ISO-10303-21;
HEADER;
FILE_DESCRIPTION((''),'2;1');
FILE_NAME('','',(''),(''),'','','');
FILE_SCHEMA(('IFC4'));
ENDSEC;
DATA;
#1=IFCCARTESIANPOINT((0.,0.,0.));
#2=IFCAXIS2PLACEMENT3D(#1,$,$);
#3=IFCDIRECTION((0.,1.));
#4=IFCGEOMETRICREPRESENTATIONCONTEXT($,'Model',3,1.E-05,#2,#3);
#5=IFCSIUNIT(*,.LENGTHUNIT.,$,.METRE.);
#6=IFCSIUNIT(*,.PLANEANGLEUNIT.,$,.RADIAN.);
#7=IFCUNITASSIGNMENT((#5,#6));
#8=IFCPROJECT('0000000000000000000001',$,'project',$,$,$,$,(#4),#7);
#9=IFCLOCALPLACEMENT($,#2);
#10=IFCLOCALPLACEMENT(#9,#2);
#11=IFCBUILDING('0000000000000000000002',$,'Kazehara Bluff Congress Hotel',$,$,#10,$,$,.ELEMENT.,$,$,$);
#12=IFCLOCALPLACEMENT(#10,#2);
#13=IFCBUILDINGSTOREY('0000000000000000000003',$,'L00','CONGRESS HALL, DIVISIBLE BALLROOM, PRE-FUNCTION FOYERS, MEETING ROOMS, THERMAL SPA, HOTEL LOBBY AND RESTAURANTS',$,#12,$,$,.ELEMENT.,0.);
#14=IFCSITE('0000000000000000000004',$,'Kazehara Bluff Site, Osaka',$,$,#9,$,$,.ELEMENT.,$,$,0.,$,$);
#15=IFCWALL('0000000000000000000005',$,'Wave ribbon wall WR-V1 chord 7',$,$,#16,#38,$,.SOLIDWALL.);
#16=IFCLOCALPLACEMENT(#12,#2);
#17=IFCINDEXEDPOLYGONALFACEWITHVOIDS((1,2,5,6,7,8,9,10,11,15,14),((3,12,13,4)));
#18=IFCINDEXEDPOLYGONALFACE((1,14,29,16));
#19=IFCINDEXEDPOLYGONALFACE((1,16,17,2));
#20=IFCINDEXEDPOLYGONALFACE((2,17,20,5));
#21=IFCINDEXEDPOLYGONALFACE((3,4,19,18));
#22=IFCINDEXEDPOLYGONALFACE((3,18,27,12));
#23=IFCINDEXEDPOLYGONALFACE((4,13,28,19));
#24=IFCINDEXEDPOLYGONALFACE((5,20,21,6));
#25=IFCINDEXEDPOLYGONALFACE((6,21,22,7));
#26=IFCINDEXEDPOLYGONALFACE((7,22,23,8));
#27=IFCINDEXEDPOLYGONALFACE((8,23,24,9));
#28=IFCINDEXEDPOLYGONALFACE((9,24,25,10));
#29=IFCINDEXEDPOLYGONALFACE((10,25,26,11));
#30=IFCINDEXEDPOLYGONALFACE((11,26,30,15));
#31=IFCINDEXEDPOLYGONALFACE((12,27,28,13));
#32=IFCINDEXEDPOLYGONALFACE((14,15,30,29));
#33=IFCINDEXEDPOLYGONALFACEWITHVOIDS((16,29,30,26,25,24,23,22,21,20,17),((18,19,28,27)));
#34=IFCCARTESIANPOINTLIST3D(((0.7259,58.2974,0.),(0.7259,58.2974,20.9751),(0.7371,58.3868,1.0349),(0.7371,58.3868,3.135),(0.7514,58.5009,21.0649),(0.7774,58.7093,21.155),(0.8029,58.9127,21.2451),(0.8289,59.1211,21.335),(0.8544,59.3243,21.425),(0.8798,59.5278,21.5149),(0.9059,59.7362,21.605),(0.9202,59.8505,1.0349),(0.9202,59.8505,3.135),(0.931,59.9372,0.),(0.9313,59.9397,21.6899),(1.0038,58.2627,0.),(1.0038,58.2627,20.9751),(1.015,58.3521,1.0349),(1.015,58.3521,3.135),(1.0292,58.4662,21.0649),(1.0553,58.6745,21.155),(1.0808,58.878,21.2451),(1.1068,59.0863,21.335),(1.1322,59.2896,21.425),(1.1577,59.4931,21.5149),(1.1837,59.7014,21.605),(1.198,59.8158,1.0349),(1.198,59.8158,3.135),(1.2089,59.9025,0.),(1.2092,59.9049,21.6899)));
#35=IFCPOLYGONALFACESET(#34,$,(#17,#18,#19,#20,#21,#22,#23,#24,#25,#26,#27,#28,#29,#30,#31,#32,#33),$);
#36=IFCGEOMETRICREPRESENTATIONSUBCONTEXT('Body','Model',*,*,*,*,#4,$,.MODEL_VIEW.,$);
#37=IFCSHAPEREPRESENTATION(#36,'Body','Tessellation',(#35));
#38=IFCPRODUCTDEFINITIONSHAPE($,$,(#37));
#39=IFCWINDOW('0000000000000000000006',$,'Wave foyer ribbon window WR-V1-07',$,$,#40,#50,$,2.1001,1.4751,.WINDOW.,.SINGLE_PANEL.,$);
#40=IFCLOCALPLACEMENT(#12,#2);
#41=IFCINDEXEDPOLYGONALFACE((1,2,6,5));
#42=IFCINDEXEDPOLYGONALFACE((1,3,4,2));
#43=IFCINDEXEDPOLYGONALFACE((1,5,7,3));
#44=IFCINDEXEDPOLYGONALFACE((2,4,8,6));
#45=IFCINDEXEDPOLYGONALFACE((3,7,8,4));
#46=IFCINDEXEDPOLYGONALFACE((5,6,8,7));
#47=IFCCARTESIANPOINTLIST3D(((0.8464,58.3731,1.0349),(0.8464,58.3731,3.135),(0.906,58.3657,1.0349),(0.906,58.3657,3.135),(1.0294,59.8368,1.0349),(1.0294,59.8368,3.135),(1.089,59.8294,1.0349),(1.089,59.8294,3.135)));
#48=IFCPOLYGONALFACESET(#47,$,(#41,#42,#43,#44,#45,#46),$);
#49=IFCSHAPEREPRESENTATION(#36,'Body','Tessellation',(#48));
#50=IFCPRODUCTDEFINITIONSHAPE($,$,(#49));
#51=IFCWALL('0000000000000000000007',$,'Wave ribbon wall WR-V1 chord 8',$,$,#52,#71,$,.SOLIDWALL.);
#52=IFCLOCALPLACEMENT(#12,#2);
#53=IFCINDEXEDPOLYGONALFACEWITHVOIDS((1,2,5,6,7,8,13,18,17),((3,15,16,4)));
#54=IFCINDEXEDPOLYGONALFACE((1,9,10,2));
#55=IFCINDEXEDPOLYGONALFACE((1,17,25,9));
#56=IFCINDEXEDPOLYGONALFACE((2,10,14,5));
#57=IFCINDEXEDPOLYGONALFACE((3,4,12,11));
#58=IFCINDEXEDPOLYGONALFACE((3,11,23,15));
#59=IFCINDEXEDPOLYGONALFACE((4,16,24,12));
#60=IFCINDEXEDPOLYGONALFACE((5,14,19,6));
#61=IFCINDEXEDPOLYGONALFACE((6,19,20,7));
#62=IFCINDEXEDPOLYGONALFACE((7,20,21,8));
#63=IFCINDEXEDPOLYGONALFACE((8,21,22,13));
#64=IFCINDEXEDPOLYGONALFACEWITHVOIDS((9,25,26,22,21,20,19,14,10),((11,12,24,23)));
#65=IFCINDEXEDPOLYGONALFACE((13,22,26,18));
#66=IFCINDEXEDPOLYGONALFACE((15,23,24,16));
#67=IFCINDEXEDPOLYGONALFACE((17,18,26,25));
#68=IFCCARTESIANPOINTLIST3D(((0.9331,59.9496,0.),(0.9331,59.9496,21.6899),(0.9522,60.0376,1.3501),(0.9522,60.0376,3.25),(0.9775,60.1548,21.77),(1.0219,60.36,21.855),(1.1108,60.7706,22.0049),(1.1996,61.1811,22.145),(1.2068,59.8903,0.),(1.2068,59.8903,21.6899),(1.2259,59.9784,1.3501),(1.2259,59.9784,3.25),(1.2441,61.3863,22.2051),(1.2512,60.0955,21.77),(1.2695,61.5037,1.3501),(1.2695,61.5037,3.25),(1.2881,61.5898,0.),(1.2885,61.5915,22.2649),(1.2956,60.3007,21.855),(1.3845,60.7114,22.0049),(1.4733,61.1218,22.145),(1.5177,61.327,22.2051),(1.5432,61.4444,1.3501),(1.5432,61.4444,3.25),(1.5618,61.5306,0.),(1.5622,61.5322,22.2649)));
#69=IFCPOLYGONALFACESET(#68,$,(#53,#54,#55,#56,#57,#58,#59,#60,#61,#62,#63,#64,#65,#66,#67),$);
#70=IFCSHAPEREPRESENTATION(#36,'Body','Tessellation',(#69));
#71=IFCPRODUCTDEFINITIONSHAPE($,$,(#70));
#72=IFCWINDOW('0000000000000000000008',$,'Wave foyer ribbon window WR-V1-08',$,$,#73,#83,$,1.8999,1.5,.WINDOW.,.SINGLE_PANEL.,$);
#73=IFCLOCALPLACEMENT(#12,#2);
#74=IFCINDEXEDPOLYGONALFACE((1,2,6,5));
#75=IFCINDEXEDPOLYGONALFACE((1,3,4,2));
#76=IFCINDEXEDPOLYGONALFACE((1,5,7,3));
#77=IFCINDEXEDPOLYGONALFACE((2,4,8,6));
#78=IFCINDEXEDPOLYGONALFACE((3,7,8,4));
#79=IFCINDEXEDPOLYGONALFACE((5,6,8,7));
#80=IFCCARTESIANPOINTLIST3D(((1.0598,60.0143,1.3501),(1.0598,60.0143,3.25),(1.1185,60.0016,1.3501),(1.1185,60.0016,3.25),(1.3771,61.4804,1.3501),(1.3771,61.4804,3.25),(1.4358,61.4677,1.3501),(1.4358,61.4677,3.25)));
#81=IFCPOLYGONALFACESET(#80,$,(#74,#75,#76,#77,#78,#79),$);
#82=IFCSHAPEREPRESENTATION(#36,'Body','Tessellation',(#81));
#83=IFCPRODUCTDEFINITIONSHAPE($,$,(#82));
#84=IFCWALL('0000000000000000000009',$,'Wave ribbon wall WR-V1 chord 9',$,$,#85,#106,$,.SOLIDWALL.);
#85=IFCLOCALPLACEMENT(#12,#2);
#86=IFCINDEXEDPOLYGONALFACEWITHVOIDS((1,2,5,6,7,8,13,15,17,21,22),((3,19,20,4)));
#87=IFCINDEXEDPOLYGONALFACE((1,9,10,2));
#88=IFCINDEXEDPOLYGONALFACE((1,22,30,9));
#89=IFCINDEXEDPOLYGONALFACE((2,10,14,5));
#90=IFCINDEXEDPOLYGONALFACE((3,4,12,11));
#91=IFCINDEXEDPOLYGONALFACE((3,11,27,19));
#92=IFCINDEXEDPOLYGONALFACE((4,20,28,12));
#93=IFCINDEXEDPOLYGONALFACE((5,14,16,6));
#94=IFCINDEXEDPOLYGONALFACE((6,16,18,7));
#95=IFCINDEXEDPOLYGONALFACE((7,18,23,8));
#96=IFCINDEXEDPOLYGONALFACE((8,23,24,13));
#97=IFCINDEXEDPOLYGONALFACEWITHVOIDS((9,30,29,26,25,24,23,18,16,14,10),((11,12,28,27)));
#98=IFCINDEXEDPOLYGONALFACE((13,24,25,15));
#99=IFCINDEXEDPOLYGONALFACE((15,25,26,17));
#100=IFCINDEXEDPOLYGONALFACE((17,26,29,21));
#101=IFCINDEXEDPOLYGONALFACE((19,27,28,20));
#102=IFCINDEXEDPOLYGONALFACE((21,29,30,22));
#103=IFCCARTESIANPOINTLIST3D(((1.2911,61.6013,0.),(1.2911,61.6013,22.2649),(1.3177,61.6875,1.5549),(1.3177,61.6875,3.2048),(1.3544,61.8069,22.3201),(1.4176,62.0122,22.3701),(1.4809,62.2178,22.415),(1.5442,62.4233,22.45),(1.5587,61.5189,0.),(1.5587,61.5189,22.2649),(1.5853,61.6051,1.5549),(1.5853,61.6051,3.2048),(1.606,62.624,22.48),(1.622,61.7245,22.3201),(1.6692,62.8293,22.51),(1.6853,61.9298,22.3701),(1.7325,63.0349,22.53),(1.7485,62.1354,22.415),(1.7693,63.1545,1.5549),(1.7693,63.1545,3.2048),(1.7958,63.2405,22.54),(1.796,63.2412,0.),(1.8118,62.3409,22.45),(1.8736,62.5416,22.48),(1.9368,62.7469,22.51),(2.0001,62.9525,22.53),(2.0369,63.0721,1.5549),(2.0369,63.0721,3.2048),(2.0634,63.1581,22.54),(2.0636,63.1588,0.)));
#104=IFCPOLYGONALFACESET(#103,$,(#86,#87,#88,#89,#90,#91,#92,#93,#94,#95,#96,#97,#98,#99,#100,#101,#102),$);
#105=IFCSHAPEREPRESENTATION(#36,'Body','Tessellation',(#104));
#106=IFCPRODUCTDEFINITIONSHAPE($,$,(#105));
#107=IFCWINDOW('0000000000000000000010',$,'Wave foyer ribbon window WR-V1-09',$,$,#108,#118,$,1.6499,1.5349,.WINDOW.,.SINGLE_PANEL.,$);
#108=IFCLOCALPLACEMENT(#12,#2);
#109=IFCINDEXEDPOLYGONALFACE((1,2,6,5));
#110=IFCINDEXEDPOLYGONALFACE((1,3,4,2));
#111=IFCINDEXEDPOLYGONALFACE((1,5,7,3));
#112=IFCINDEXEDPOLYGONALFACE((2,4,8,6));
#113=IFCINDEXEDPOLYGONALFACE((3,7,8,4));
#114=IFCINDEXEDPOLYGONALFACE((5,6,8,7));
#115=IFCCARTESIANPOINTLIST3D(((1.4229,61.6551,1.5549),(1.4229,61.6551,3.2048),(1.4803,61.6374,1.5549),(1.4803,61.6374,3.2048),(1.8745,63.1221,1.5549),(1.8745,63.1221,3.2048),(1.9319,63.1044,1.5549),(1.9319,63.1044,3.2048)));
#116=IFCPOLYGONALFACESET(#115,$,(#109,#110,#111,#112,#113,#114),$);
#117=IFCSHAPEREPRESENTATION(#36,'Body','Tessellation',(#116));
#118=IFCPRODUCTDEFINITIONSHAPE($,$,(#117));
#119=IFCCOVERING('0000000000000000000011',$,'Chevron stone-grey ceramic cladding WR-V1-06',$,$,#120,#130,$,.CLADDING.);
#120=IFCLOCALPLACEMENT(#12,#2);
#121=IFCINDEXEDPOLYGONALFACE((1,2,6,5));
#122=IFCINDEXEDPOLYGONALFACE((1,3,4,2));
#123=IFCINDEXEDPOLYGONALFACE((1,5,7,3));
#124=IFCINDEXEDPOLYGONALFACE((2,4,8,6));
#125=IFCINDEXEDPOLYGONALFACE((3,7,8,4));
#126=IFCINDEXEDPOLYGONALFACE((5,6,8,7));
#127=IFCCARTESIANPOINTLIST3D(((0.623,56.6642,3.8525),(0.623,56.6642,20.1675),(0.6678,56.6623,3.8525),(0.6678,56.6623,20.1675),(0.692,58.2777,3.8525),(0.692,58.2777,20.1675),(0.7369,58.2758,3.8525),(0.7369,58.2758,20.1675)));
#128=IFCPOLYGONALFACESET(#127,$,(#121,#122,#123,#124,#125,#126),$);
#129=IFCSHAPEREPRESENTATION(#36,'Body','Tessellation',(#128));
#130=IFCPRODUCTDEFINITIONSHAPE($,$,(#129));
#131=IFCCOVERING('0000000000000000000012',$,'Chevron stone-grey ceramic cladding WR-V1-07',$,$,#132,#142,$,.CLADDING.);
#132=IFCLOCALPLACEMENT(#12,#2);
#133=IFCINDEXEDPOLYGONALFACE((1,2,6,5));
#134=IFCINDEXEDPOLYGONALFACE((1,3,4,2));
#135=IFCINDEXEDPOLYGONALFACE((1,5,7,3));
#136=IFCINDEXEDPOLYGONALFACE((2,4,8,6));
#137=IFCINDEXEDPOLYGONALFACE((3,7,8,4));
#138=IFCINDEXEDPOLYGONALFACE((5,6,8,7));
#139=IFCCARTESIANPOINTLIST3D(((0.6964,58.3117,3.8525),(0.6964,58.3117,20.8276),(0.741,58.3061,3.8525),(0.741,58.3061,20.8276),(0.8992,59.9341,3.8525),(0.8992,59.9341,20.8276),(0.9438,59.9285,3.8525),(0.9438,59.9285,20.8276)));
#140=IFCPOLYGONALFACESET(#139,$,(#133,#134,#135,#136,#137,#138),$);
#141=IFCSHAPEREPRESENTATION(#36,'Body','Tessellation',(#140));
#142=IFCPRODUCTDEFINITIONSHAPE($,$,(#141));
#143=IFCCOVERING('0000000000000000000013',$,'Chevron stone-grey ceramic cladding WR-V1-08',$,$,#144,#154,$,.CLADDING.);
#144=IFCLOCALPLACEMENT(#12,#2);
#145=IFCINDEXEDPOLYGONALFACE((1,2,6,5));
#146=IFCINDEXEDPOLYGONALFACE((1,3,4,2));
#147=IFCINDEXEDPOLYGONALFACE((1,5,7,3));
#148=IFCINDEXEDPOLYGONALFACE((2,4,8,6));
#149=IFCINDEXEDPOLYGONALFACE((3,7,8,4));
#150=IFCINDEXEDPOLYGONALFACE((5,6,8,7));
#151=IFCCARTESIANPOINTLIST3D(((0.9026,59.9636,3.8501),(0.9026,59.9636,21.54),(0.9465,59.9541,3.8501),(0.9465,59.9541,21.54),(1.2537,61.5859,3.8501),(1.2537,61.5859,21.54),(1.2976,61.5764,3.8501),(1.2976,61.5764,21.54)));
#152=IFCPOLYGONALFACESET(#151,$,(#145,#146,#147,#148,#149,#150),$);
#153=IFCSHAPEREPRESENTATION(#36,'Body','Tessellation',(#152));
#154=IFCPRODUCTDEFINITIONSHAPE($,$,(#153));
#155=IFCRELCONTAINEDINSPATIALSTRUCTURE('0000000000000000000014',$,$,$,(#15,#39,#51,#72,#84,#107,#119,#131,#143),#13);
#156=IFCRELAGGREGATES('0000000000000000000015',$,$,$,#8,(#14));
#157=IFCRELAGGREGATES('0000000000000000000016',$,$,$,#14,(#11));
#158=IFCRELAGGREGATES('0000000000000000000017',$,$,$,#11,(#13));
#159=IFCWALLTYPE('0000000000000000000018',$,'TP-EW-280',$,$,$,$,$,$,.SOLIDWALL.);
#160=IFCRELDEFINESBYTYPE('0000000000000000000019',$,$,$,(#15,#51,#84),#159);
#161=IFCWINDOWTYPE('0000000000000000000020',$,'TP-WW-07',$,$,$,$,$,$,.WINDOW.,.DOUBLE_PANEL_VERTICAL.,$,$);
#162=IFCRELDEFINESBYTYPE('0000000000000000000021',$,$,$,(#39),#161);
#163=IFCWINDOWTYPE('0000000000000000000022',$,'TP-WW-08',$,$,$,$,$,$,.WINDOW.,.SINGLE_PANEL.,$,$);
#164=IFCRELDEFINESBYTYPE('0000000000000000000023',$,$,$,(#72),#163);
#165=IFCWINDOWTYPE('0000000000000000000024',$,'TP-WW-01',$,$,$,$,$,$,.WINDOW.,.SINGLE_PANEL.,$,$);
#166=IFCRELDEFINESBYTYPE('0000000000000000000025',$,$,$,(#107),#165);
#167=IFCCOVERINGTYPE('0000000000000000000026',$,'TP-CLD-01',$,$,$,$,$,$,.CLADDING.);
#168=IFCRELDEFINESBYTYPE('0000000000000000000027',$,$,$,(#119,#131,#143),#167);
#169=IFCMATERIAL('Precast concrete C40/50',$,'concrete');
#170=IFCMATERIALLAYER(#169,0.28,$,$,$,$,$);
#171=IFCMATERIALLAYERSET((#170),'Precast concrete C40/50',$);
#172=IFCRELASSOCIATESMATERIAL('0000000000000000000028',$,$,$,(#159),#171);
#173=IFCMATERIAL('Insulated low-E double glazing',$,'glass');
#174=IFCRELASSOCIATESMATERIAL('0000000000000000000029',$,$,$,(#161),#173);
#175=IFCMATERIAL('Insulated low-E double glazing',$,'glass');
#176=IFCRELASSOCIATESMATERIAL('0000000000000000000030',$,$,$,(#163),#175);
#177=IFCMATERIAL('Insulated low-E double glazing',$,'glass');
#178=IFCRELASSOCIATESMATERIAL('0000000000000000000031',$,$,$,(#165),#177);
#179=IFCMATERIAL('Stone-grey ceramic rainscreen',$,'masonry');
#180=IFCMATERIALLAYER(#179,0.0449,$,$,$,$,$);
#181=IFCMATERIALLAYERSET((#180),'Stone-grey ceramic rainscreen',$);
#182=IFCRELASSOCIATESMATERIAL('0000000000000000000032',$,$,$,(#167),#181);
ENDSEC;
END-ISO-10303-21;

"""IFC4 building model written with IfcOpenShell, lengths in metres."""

from ifc_helpers import new_model, si_unit, direction, frame, frame_2d, origin, origin_2d, place, context, subcontext, project, spatial, polyline, rectangle, outline, extrude, material, layer, layer_set, type_object, element, fill, save


model = new_model("IFC4")

# Units and contexts
model_context = context("Model", 3, precision=1e-05, world=origin(), true_north=direction((0.0, 1.0)))
body_context = subcontext(model_context, "Body", "Model", "MODEL_VIEW")
ifc_project = project(units=[si_unit("LENGTHUNIT", "METRE"), si_unit("PLANEANGLEUNIT", "RADIAN")], contexts=[model_context])

# Site, building, storey
site_placement = place(None, origin())
site = spatial("IfcSite", under=ifc_project, at=site_placement, Name="Kazehara Bluff Site, Osaka", CompositionType="ELEMENT", RefElevation=0.0)
building_placement = place(site_placement, origin())
building = spatial("IfcBuilding", under=site, at=building_placement, Name="Kazehara Bluff Congress Hotel", CompositionType="ELEMENT")
storey_placement = place(building_placement, origin())
storey = spatial("IfcBuildingStorey", under=building, at=storey_placement, Name="L00", Description="CONGRESS HALL, DIVISIBLE BALLROOM, PRE-FUNCTION FOYERS, MEETING ROOMS, THERMAL SPA, HOTEL LOBBY AND RESTAURANTS", CompositionType="ELEMENT", Elevation=0.0)

# Walls, openings, windows
ifc_material_1 = material(Name="Precast concrete C40/50", Category="concrete")
ifc_layer_1 = layer(ifc_material_1, 0.28)
ifc_layer_set_1 = layer_set([ifc_layer_1], Name="Precast concrete C40/50")
wall_type = type_object("IfcWallType", Name="TP-EW-280", PredefinedType="SOLIDWALL", material=ifc_layer_set_1)
wall_1_placement = place(storey_placement, frame((0.865, 58.28, 0.0), z_axis=(0.0, 0.0, 1.0), x_axis=(0.124089, 0.992271, 0.0)))
wall_1 = element("IfcWall", 1, at=wall_1_placement, inside=storey, type_object=wall_type, Name="Wave ribbon wall WR-V1 chord 7", PredefinedType="SOLIDWALL", context=body_context, shape_type="SweptSolid", body=[
    extrude(outline(polyline([(0.0, 0.0), (1.6526, 0.0), (1.655, 21.6899), (1.45, 21.605), (1.24, 21.5149), (1.0349, 21.425), (0.8301, 21.335), (0.6201, 21.2451), (0.415, 21.155), (0.2051, 21.0649), (0.0, 20.9751), (0.0, 0.0)])), frame((0.0, 0.1401, 0.0), z_axis=(0.0, -1.0, 0.0), x_axis=(1.0, 0.0, 0.0)), (0.0, 0.0, 1.0), 0.28),
])
opening_1_placement = place(wall_1_placement, frame((0.0901, 0.0, 1.0349)))
opening_1 = element("IfcOpeningElement", 2, at=opening_1_placement, cuts=wall_1, PredefinedType="OPENING", context=body_context, shape_type="SweptSolid", body=[
    extrude(rectangle(XDim=1.4751, YDim=2.1001, at=frame_2d((0.7375, 1.05))), frame((0.0, 0.1499, 0.0), z_axis=(0.0, -1.0, 0.0), x_axis=(1.0, 0.0, 0.0)), (0.0, 0.0, 1.0), 0.3),
])
ifc_material_2 = material(Name="Insulated low-E double glazing", Category="glass")
window_type_1 = type_object("IfcWindowType", Name="TP-WW-07", PartitioningType="DOUBLE_PANEL_VERTICAL", PredefinedType="WINDOW", material=ifc_material_2)
window_1_placement = place(opening_1_placement, origin())
window_1 = element("IfcWindow", 3, at=window_1_placement, inside=storey, type_object=window_type_1, Name="Wave foyer ribbon window WR-V1-07", OverallHeight=2.1001, OverallWidth=1.4751, PartitioningType="SINGLE_PANEL", PredefinedType="WINDOW", context=body_context, shape_type="SweptSolid", body=[
    extrude(rectangle(XDim=1.4751, YDim=2.1001, at=frame_2d((0.7375, 1.05))), frame((0.0, 0.03, 0.0), z_axis=(0.0, -1.0, 0.0), x_axis=(1.0, 0.0, 0.0)), (0.0, 0.0, 1.0), 0.0601),
])
fill(opening_1, window_1)
wall_2_placement = place(storey_placement, frame((1.0701, 59.9199, 0.0), z_axis=(0.0, 0.0, 1.0), x_axis=(0.211536, 0.97737, 0.0)))
wall_2 = element("IfcWall", 4, at=wall_2_placement, inside=storey, type_object=wall_type, Name="Wave ribbon wall WR-V1 chord 8", PredefinedType="SOLIDWALL", context=body_context, shape_type="SweptSolid", body=[
    extrude(outline(polyline([(0.0, 0.0), (1.6782, 0.0), (1.6799, 22.2649), (1.47, 22.2051), (1.26, 22.145), (1.05, 22.075), (0.8401, 22.0049), (0.6299, 21.9299), (0.4199, 21.855), (0.21, 21.77), (0.0, 21.6899), (0.0, 0.0)])), frame((0.0, 0.1401, 0.0), z_axis=(0.0, -1.0, 0.0), x_axis=(1.0, 0.0, 0.0)), (0.0, 0.0, 1.0), 0.28),
])
opening_2_placement = place(wall_2_placement, frame((0.0901, 0.0, 1.3501)))
opening_2 = element("IfcOpeningElement", 5, at=opening_2_placement, cuts=wall_2, PredefinedType="OPENING", context=body_context, shape_type="SweptSolid", body=[
    extrude(rectangle(XDim=1.5, YDim=1.8999, at=frame_2d((0.75, 0.95))), frame((0.0, 0.1499, 0.0), z_axis=(0.0, -1.0, 0.0), x_axis=(1.0, 0.0, 0.0)), (0.0, 0.0, 1.0), 0.3),
])
ifc_material_3 = material(Name="Insulated low-E double glazing", Category="glass")
window_type_2 = type_object("IfcWindowType", Name="TP-WW-08", PartitioningType="SINGLE_PANEL", PredefinedType="WINDOW", material=ifc_material_3)
window_2_placement = place(opening_2_placement, origin())
window_2 = element("IfcWindow", 6, at=window_2_placement, inside=storey, type_object=window_type_2, Name="Wave foyer ribbon window WR-V1-08", OverallHeight=1.8999, OverallWidth=1.5, PartitioningType="SINGLE_PANEL", PredefinedType="WINDOW", context=body_context, shape_type="SweptSolid", body=[
    extrude(rectangle(XDim=1.5, YDim=1.8999, at=frame_2d((0.75, 0.95))), frame((0.0, 0.03, 0.0), z_axis=(0.0, -1.0, 0.0), x_axis=(1.0, 0.0, 0.0)), (0.0, 0.0, 1.0), 0.0601),
])
fill(opening_2, window_2)
wall_3_placement = place(storey_placement, frame((1.425, 61.5601, 0.0), z_axis=(0.0, 0.0, 1.0), x_axis=(0.294246, 0.95573, 0.0)))
wall_3 = element("IfcWall", 7, at=wall_3_placement, inside=storey, type_object=wall_type, Name="Wave ribbon wall WR-V1 chord 9", PredefinedType="SOLIDWALL", context=body_context, shape_type="SweptSolid", body=[
    extrude(outline(polyline([(0.0, 0.0), (1.7158, 0.0), (1.7151, 22.54), (1.5, 22.53), (1.2849, 22.51), (1.0701, 22.48), (0.8601, 22.45), (0.645, 22.415), (0.4299, 22.3701), (0.2151, 22.3201), (0.0, 22.2649), (0.0, 0.0)])), frame((0.0, 0.1401, 0.0), z_axis=(0.0, -1.0, 0.0), x_axis=(1.0, 0.0, 0.0)), (0.0, 0.0, 1.0), 0.28),
])
opening_3_placement = place(wall_3_placement, frame((0.0901, 0.0, 1.5549)))
opening_3 = element("IfcOpeningElement", 8, at=opening_3_placement, cuts=wall_3, PredefinedType="OPENING", context=body_context, shape_type="SweptSolid", body=[
    extrude(rectangle(XDim=1.5349, YDim=1.6499, at=frame_2d((0.7676, 0.825))), frame((0.0, 0.1499, 0.0), z_axis=(0.0, -1.0, 0.0), x_axis=(1.0, 0.0, 0.0)), (0.0, 0.0, 1.0), 0.3),
])
ifc_material_4 = material(Name="Insulated low-E double glazing", Category="glass")
window_type_3 = type_object("IfcWindowType", Name="TP-WW-01", PartitioningType="SINGLE_PANEL", PredefinedType="WINDOW", material=ifc_material_4)
window_3_placement = place(opening_3_placement, origin())
window_3 = element("IfcWindow", 9, at=window_3_placement, inside=storey, type_object=window_type_3, Name="Wave foyer ribbon window WR-V1-09", OverallHeight=1.6499, OverallWidth=1.5349, PartitioningType="SINGLE_PANEL", PredefinedType="WINDOW", context=body_context, shape_type="SweptSolid", body=[
    extrude(rectangle(XDim=1.5349, YDim=1.6499, at=frame_2d((0.7676, 0.825))), frame((0.0, 0.03, 0.0), z_axis=(0.0, -1.0, 0.0), x_axis=(1.0, 0.0, 0.0)), (0.0, 0.0, 1.0), 0.0601),
])
fill(opening_3, window_3)

# Coverings
ifc_material_5 = material(Name="Stone-grey ceramic rainscreen", Category="masonry")
ifc_layer_2 = layer(ifc_material_5, 0.0449)
ifc_layer_set_2 = layer_set([ifc_layer_2], Name="Stone-grey ceramic rainscreen")
covering_type_1 = type_object("IfcCoveringType", Name="TP-CLD-01", PredefinedType="CLADDING", material=ifc_layer_set_2)
covering_1_placement = place(storey_placement, frame((0.6799, 57.47, 3.8525), z_axis=(0.0, 0.0, 1.0), x_axis=(0.042774, 0.999085, 0.0)))
element("IfcCovering", 10, at=covering_1_placement, inside=storey, type_object=covering_type_1, Name="Chevron stone-grey ceramic cladding WR-V1-06", PredefinedType="CLADDING", context=body_context, shape_type="SweptSolid", body=[
    extrude(rectangle(XDim=1.615, YDim=0.0449, at=origin_2d()), origin(), (0.0, 0.0, 1.0), 16.3149),
])
covering_2_placement = place(storey_placement, frame((0.8201, 59.1201, 3.8525), z_axis=(0.0, 0.0, 1.0), x_axis=(0.124034, 0.992278, 0.0)))
element("IfcCovering", 11, at=covering_2_placement, inside=storey, type_object=covering_type_1, Name="Chevron stone-grey ceramic cladding WR-V1-07", PredefinedType="CLADDING", context=body_context, shape_type="SweptSolid", body=[
    extrude(rectangle(XDim=1.635, YDim=0.0449, at=origin_2d()), origin(), (0.0, 0.0, 1.0), 16.9751),
])
covering_3_placement = place(storey_placement, frame((1.1001, 60.77, 3.8501), z_axis=(0.0, 0.0, 1.0), x_axis=(0.211564, 0.977364, 0.0)))
element("IfcCovering", 12, at=covering_3_placement, inside=storey, type_object=covering_type_1, Name="Chevron stone-grey ceramic cladding WR-V1-08", PredefinedType="CLADDING", context=body_context, shape_type="SweptSolid", body=[
    extrude(rectangle(XDim=1.6599, YDim=0.0449, at=origin_2d()), origin(), (0.0, 0.0, 1.0), 17.6899),
])

save(model, "model.ifc")
